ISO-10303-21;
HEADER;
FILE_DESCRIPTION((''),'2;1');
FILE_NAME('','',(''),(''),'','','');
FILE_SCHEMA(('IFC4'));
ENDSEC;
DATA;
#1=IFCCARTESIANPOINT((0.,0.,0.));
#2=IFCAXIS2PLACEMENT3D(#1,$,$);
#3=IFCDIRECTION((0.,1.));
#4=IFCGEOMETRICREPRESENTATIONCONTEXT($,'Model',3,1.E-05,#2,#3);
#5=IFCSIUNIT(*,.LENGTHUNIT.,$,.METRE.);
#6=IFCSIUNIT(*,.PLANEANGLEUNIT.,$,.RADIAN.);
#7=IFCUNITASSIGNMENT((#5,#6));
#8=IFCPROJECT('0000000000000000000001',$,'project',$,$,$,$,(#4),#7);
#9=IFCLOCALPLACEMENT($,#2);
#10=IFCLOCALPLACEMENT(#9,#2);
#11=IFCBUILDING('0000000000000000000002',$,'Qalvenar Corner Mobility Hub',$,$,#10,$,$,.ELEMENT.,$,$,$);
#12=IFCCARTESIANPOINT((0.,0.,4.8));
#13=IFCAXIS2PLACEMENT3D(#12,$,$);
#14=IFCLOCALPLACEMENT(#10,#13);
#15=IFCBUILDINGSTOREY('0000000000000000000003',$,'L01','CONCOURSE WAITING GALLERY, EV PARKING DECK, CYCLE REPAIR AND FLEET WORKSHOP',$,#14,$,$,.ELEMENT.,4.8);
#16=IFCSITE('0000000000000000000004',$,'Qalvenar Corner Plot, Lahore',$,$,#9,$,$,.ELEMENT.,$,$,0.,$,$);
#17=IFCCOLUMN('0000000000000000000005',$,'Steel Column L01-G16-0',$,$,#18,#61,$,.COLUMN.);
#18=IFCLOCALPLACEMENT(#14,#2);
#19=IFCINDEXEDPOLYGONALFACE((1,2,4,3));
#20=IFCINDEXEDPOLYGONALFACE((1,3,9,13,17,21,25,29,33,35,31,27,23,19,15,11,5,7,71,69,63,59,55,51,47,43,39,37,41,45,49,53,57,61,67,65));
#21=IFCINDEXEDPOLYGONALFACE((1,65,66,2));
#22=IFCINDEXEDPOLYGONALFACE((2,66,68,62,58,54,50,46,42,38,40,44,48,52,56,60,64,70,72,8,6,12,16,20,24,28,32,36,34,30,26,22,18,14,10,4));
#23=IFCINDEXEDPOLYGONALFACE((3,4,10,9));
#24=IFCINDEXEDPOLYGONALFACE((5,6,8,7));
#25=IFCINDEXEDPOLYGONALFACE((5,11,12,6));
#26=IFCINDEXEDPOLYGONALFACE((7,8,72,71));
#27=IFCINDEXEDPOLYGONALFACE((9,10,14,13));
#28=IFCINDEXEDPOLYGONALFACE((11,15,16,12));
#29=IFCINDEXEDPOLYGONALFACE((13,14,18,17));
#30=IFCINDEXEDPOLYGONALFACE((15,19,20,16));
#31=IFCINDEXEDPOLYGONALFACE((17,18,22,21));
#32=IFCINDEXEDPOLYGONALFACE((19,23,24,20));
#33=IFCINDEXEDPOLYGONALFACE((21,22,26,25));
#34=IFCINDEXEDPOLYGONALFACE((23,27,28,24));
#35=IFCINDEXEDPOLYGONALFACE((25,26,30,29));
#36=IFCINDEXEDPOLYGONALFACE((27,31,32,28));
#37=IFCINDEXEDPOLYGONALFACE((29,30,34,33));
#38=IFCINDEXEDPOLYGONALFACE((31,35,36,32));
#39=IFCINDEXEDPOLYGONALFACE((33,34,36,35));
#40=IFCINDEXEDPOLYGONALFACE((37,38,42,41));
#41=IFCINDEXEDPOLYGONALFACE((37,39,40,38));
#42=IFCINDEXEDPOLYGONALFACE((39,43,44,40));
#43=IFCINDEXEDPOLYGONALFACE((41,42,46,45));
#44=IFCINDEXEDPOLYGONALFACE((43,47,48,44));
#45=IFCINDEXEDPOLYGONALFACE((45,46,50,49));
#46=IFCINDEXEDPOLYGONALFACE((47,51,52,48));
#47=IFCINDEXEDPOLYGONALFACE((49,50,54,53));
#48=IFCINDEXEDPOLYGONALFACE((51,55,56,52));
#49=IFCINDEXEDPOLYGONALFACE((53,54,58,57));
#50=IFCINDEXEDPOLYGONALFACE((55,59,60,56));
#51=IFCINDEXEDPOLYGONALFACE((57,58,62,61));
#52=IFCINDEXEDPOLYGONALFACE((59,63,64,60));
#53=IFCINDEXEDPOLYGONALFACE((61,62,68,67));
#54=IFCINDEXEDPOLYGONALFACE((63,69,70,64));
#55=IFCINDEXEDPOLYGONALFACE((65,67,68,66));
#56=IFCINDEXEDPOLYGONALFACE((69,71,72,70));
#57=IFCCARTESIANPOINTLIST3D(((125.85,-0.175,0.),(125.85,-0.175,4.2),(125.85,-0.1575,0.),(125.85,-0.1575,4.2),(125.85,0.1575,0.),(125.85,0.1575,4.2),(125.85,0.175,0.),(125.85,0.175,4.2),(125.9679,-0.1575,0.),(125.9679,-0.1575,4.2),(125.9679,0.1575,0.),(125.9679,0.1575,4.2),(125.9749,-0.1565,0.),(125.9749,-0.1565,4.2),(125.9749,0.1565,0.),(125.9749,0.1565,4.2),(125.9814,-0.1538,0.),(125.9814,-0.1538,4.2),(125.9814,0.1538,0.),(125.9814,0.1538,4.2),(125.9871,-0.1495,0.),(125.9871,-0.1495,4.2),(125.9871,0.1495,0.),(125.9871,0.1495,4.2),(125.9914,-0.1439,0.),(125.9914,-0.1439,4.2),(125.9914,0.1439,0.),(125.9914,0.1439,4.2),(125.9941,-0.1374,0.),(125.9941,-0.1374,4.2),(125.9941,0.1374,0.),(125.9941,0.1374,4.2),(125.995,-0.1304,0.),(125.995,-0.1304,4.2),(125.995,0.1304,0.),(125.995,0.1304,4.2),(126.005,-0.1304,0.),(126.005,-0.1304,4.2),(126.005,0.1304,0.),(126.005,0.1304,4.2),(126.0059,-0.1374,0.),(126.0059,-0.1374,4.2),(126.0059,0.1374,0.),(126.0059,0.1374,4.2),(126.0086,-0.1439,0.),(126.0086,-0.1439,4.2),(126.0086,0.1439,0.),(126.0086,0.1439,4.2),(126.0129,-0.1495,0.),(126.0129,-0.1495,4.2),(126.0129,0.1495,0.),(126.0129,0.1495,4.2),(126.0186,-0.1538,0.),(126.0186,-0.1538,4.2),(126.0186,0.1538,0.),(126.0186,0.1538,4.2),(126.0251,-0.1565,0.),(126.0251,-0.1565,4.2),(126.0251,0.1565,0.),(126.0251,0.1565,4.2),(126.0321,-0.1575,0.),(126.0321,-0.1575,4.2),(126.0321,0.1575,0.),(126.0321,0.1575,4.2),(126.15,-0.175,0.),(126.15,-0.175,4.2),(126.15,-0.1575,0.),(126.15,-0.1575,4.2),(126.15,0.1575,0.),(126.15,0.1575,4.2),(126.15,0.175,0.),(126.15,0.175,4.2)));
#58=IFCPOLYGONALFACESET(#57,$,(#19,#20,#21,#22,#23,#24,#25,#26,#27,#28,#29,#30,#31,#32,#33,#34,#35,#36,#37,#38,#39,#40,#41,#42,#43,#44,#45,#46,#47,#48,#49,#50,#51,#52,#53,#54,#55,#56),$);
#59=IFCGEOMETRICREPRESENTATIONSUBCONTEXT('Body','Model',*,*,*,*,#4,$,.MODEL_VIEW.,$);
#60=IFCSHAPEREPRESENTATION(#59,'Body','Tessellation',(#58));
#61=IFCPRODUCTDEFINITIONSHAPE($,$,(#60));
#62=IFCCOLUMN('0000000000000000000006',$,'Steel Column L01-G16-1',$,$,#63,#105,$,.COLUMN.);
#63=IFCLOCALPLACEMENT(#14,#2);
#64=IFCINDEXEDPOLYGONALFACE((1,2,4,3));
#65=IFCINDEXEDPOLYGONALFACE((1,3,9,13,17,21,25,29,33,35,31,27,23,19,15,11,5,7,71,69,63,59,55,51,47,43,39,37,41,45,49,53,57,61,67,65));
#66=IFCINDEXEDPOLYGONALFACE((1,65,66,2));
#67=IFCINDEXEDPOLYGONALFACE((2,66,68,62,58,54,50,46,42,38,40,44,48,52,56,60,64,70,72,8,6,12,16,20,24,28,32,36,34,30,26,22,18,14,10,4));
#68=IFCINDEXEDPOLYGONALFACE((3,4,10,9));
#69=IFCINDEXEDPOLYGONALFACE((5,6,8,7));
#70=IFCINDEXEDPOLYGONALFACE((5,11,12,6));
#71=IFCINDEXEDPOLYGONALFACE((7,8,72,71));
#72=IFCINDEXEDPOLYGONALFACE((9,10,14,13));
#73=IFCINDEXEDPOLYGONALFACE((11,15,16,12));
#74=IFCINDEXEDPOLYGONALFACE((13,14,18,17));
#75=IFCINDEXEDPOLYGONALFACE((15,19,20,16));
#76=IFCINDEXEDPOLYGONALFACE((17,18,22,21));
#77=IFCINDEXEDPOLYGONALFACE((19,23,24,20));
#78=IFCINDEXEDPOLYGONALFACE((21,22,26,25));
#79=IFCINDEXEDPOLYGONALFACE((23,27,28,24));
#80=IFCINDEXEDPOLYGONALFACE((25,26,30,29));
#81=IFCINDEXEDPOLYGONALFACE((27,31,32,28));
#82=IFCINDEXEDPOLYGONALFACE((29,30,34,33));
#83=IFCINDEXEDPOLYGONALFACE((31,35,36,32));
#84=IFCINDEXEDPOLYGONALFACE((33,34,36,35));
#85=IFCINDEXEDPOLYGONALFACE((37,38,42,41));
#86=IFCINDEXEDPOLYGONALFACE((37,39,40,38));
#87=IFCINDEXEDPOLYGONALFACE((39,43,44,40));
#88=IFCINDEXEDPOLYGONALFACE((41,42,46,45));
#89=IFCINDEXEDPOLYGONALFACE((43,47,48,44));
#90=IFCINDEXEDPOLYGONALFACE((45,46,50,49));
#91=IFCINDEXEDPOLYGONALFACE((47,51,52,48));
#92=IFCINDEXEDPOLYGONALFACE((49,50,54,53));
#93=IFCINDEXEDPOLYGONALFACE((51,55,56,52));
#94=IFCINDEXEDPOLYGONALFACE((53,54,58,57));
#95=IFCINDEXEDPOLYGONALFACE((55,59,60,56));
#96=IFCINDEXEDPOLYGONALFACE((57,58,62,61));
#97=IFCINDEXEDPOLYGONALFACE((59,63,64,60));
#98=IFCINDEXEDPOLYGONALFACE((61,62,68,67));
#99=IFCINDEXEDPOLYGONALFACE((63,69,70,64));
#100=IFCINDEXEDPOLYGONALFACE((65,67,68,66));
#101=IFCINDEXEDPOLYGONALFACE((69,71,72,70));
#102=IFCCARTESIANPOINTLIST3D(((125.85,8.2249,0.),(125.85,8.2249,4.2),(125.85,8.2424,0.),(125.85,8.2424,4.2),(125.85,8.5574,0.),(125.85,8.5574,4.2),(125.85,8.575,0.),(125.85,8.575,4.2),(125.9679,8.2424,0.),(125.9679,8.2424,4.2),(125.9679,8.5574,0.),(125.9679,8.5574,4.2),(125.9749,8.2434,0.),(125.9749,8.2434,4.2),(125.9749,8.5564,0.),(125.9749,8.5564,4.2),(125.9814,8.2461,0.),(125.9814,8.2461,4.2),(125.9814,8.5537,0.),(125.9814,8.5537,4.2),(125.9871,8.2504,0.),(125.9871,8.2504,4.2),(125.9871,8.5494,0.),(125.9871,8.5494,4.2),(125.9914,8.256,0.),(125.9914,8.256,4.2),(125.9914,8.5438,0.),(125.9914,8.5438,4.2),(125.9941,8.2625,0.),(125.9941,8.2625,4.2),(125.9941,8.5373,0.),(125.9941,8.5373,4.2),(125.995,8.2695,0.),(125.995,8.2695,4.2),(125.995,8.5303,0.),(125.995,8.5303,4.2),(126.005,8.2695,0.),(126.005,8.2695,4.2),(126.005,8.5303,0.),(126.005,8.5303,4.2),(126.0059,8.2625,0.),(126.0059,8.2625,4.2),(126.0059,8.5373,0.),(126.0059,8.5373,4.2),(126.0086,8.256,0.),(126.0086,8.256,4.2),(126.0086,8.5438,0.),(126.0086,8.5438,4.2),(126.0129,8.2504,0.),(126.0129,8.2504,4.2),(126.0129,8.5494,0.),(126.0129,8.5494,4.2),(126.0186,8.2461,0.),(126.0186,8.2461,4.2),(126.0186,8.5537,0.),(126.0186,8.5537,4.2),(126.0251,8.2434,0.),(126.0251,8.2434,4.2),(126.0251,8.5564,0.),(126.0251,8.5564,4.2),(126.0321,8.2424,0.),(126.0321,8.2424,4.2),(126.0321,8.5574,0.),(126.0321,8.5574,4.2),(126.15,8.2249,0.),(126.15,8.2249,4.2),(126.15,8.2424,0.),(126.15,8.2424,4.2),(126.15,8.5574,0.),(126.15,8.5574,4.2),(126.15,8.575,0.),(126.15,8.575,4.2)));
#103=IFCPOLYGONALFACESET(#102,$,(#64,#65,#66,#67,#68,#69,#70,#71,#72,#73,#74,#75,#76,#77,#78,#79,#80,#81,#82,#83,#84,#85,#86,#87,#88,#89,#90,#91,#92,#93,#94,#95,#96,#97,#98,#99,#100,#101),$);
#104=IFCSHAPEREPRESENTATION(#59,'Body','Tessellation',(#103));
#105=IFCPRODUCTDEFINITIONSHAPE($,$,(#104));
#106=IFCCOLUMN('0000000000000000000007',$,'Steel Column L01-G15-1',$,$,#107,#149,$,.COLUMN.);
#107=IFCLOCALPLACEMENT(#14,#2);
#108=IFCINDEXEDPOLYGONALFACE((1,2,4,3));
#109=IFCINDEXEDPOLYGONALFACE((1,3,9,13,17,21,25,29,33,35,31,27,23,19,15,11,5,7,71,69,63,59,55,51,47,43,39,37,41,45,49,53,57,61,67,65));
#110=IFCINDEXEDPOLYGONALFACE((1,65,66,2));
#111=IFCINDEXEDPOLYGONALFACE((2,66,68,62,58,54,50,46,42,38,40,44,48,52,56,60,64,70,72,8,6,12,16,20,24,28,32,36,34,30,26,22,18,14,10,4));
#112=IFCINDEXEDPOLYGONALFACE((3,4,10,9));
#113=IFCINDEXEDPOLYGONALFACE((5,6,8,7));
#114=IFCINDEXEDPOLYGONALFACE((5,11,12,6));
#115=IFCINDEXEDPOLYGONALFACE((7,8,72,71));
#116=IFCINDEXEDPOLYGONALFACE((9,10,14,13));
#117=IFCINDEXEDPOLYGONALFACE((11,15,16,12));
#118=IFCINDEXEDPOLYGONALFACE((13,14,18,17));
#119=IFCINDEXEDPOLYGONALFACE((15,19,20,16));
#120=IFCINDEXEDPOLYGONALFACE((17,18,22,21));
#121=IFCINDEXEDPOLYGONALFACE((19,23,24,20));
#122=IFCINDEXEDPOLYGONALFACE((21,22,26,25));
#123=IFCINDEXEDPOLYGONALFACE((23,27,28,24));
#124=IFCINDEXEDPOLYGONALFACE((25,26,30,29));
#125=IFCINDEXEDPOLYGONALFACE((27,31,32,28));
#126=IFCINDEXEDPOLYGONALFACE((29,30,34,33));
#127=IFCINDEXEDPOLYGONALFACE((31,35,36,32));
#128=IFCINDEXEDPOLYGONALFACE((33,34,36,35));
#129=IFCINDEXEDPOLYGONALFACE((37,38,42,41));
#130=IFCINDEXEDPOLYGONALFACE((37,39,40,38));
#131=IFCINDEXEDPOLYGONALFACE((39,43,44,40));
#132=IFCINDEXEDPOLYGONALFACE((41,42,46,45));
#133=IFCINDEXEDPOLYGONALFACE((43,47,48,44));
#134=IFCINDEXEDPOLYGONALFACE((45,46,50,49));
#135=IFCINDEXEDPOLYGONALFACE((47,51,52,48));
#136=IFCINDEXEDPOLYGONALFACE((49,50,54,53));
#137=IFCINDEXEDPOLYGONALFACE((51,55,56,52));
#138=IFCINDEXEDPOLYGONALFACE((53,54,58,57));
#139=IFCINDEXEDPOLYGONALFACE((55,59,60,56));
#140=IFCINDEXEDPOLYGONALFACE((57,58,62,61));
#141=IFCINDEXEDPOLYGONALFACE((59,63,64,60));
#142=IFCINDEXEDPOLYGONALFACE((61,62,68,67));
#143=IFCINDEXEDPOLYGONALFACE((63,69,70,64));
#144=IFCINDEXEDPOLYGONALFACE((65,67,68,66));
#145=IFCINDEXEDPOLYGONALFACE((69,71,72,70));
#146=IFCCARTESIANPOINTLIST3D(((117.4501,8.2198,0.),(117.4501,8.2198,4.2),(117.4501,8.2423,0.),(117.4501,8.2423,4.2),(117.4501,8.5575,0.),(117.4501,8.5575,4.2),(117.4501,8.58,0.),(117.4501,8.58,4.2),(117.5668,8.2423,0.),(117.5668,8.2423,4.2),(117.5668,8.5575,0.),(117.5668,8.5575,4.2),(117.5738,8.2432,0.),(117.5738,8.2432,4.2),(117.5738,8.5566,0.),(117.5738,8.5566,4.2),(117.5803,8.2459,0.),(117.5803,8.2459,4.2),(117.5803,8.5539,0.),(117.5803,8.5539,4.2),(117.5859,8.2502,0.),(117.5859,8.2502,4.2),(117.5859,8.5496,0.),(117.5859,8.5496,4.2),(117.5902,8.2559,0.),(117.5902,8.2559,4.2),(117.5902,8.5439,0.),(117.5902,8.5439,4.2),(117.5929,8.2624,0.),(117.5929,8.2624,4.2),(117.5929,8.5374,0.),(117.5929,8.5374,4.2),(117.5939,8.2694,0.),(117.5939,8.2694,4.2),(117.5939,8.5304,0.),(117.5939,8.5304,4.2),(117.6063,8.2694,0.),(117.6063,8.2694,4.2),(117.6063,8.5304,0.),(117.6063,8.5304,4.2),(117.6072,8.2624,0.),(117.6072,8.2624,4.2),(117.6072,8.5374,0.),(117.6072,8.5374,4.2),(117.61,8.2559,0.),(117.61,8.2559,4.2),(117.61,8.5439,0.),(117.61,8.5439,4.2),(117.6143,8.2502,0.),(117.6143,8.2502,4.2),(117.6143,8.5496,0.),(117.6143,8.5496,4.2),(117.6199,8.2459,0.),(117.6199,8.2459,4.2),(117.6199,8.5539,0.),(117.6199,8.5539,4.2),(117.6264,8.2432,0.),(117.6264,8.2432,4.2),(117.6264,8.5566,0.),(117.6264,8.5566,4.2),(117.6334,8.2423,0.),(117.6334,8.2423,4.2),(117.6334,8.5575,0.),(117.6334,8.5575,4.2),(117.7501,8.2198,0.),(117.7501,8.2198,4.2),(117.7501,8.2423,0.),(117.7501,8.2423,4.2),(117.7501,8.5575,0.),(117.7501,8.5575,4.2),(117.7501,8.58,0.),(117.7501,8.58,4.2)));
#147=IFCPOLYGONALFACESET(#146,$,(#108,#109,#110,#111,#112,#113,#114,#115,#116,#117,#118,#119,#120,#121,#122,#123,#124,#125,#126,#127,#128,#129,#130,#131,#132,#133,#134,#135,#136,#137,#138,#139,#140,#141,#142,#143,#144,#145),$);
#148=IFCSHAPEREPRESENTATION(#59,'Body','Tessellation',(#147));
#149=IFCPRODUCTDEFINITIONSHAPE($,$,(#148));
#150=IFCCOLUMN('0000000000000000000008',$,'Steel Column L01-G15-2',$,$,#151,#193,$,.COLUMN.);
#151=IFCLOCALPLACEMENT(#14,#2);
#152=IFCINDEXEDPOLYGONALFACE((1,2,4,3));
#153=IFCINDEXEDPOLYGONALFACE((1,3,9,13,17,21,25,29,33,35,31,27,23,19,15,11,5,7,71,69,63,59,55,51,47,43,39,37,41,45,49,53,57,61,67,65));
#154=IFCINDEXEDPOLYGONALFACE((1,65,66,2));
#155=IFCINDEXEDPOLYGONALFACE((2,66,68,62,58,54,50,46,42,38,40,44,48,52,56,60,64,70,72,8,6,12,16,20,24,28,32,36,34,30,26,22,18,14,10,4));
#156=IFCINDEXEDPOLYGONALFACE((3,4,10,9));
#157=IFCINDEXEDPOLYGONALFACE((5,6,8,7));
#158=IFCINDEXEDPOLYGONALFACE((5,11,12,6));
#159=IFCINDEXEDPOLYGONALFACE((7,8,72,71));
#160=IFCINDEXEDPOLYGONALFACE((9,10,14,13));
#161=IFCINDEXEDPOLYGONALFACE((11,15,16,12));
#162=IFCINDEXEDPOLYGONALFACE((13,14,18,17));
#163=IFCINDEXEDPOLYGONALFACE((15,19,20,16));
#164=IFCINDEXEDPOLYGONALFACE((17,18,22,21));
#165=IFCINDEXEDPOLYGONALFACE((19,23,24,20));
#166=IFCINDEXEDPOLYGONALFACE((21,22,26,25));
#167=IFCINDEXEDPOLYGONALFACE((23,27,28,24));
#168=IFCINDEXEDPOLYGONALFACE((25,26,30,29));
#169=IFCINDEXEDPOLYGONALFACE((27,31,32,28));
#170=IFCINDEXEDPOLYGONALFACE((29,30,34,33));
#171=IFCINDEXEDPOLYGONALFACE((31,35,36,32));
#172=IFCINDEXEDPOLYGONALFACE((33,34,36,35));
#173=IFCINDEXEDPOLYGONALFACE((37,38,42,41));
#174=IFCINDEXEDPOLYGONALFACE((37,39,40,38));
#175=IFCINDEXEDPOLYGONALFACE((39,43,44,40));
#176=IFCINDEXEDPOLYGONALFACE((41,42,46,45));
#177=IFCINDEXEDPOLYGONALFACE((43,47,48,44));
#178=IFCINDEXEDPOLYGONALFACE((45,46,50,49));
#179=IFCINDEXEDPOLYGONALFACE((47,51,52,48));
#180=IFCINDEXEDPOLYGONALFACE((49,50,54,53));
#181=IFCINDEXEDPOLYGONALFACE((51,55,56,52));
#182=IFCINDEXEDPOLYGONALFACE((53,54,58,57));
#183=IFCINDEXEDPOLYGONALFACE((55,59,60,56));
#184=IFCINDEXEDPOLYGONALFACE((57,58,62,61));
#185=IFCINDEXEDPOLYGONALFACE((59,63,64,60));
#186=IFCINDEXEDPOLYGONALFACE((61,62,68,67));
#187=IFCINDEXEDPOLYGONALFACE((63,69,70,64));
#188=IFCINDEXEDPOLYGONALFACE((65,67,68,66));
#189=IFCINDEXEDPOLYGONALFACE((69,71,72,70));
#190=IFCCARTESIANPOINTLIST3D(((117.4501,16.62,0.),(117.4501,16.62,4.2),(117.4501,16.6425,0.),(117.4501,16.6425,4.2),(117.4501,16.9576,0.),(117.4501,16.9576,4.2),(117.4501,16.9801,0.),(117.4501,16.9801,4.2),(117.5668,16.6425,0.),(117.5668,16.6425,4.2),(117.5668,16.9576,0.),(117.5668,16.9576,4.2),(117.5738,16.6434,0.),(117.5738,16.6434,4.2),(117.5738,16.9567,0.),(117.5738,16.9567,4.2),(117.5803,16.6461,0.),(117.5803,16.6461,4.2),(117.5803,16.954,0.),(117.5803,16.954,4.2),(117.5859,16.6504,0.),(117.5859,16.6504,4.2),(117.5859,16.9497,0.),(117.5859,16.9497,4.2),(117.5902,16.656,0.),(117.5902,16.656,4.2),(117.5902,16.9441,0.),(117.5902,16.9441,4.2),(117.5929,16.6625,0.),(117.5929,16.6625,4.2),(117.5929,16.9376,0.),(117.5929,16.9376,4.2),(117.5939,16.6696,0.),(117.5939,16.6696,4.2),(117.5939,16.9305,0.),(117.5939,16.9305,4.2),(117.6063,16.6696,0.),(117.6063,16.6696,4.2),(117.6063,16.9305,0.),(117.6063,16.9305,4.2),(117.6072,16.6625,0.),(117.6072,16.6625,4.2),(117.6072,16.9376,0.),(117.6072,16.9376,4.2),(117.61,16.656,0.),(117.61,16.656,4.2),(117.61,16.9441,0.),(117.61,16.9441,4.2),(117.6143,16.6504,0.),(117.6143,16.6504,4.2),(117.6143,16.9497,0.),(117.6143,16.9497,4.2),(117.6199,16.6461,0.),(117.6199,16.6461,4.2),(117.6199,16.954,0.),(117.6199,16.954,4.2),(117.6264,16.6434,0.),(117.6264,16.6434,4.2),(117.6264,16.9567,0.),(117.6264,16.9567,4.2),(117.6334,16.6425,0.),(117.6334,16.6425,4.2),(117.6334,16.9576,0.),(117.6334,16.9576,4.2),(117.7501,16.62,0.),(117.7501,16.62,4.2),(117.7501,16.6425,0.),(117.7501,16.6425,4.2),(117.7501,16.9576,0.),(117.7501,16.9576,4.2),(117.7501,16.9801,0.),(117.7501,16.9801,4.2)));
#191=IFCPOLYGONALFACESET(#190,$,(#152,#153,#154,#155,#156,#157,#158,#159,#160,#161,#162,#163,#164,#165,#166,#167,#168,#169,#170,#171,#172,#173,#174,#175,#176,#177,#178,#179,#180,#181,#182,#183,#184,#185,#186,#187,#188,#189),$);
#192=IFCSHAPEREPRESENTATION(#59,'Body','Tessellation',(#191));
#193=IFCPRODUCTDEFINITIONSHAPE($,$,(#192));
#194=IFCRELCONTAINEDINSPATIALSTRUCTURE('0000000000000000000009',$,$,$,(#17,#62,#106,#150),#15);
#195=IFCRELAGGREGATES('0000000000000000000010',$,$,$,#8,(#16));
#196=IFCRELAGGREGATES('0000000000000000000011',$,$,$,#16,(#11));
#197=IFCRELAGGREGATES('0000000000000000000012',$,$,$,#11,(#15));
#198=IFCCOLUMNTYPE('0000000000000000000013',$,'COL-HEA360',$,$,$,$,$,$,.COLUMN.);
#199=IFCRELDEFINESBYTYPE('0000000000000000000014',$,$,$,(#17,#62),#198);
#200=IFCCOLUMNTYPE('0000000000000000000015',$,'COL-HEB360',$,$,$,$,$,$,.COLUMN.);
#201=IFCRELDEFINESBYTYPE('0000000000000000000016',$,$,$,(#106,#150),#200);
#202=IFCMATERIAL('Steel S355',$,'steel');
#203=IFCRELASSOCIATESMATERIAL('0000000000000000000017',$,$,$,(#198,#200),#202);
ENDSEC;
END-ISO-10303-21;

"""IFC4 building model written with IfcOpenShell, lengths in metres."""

from ifc_helpers import new_model, si_unit, direction, frame, origin, origin_2d, place, context, subcontext, project, spatial, i_section, extrude, material, material_profile, profile_set, type_object, element, save


model = new_model("IFC4")

# Units and contexts
model_context = context("Model", 3, precision=1e-05, world=origin(), true_north=direction((0.0, 1.0)))
body_context = subcontext(model_context, "Body", "Model", "MODEL_VIEW")
ifc_project = project(units=[si_unit("LENGTHUNIT", "METRE"), si_unit("PLANEANGLEUNIT", "RADIAN")], contexts=[model_context])

# Site, building, storey
site_placement = place(None, origin())
site = spatial("IfcSite", under=ifc_project, at=site_placement, Name="Qalvenar Corner Plot, Lahore", CompositionType="ELEMENT", RefElevation=0.0)
building_placement = place(site_placement, origin())
building = spatial("IfcBuilding", under=site, at=building_placement, Name="Qalvenar Corner Mobility Hub", CompositionType="ELEMENT")
storey_placement = place(building_placement, frame((0.0, 0.0, 4.8)))
storey = spatial("IfcBuildingStorey", under=building, at=storey_placement, Name="L01", Description="CONCOURSE WAITING GALLERY, EV PARKING DECK, CYCLE REPAIR AND FLEET WORKSHOP", CompositionType="ELEMENT", Elevation=4.8)

# Columns
ifc_material_1 = material(Name="Steel S355", Category="steel")
ifc_material_profile_1 = material_profile(ifc_material_1, i_section(OverallWidth=0.3, OverallDepth=0.3501, WebThickness=0.01, FlangeThickness=0.0176, FilletRadius=0.0271, at=origin_2d()), Name="HEA360")
ifc_profile_set_1 = profile_set([ifc_material_profile_1], Name="Steel S355")
column_type_1 = type_object("IfcColumnType", Name="COL-HEA360", PredefinedType="COLUMN", material=ifc_profile_set_1)
for number, where, z_axis, x_axis, name in (
    (1, (126.0, 0.0, 0.0), (0.0, 0.0, 1.0), (1.0, 0.0, 0.0), "Steel Column L01-G16-0"),
    (2, (126.0, 8.3999, 0.0), (0.0, 0.0, 1.0), (1.0, 0.0, 0.0), "Steel Column L01-G16-1"),
):
    element("IfcColumn", number, at=place(storey_placement, frame(where, z_axis=z_axis, x_axis=x_axis)), inside=storey, type_object=column_type_1, Name=name, PredefinedType="COLUMN", context=body_context, shape_type="SweptSolid", body=[
        extrude(i_section(OverallWidth=0.3, OverallDepth=0.3501, WebThickness=0.01, FlangeThickness=0.0176, FilletRadius=0.0271, at=origin_2d()), origin(), (0.0, 0.0, 1.0), 4.2),
    ])
ifc_material_profile_2 = material_profile(ifc_material_1, i_section(OverallWidth=0.3, OverallDepth=0.3601, WebThickness=0.0125, FlangeThickness=0.0225, FilletRadius=0.0271, at=origin_2d()), Name="HEB360")
ifc_profile_set_2 = profile_set([ifc_material_profile_2], Name="Steel S355")
column_type_2 = type_object("IfcColumnType", Name="COL-HEB360", PredefinedType="COLUMN", material=ifc_profile_set_2)
for number, where, z_axis, x_axis, name in (
    (3, (117.6001, 8.3999, 0.0), (0.0, 0.0, 1.0), (1.0, 0.0, 0.0), "Steel Column L01-G15-1"),
    (4, (117.6001, 16.8, 0.0), (0.0, 0.0, 1.0), (1.0, 0.0, 0.0), "Steel Column L01-G15-2"),
):
    element("IfcColumn", number, at=place(storey_placement, frame(where, z_axis=z_axis, x_axis=x_axis)), inside=storey, type_object=column_type_2, Name=name, PredefinedType="COLUMN", context=body_context, shape_type="SweptSolid", body=[
        extrude(i_section(OverallWidth=0.3, OverallDepth=0.3601, WebThickness=0.0125, FlangeThickness=0.0225, FilletRadius=0.0271, at=origin_2d()), origin(), (0.0, 0.0, 1.0), 4.2),
    ])

save(model, "model.ifc")
